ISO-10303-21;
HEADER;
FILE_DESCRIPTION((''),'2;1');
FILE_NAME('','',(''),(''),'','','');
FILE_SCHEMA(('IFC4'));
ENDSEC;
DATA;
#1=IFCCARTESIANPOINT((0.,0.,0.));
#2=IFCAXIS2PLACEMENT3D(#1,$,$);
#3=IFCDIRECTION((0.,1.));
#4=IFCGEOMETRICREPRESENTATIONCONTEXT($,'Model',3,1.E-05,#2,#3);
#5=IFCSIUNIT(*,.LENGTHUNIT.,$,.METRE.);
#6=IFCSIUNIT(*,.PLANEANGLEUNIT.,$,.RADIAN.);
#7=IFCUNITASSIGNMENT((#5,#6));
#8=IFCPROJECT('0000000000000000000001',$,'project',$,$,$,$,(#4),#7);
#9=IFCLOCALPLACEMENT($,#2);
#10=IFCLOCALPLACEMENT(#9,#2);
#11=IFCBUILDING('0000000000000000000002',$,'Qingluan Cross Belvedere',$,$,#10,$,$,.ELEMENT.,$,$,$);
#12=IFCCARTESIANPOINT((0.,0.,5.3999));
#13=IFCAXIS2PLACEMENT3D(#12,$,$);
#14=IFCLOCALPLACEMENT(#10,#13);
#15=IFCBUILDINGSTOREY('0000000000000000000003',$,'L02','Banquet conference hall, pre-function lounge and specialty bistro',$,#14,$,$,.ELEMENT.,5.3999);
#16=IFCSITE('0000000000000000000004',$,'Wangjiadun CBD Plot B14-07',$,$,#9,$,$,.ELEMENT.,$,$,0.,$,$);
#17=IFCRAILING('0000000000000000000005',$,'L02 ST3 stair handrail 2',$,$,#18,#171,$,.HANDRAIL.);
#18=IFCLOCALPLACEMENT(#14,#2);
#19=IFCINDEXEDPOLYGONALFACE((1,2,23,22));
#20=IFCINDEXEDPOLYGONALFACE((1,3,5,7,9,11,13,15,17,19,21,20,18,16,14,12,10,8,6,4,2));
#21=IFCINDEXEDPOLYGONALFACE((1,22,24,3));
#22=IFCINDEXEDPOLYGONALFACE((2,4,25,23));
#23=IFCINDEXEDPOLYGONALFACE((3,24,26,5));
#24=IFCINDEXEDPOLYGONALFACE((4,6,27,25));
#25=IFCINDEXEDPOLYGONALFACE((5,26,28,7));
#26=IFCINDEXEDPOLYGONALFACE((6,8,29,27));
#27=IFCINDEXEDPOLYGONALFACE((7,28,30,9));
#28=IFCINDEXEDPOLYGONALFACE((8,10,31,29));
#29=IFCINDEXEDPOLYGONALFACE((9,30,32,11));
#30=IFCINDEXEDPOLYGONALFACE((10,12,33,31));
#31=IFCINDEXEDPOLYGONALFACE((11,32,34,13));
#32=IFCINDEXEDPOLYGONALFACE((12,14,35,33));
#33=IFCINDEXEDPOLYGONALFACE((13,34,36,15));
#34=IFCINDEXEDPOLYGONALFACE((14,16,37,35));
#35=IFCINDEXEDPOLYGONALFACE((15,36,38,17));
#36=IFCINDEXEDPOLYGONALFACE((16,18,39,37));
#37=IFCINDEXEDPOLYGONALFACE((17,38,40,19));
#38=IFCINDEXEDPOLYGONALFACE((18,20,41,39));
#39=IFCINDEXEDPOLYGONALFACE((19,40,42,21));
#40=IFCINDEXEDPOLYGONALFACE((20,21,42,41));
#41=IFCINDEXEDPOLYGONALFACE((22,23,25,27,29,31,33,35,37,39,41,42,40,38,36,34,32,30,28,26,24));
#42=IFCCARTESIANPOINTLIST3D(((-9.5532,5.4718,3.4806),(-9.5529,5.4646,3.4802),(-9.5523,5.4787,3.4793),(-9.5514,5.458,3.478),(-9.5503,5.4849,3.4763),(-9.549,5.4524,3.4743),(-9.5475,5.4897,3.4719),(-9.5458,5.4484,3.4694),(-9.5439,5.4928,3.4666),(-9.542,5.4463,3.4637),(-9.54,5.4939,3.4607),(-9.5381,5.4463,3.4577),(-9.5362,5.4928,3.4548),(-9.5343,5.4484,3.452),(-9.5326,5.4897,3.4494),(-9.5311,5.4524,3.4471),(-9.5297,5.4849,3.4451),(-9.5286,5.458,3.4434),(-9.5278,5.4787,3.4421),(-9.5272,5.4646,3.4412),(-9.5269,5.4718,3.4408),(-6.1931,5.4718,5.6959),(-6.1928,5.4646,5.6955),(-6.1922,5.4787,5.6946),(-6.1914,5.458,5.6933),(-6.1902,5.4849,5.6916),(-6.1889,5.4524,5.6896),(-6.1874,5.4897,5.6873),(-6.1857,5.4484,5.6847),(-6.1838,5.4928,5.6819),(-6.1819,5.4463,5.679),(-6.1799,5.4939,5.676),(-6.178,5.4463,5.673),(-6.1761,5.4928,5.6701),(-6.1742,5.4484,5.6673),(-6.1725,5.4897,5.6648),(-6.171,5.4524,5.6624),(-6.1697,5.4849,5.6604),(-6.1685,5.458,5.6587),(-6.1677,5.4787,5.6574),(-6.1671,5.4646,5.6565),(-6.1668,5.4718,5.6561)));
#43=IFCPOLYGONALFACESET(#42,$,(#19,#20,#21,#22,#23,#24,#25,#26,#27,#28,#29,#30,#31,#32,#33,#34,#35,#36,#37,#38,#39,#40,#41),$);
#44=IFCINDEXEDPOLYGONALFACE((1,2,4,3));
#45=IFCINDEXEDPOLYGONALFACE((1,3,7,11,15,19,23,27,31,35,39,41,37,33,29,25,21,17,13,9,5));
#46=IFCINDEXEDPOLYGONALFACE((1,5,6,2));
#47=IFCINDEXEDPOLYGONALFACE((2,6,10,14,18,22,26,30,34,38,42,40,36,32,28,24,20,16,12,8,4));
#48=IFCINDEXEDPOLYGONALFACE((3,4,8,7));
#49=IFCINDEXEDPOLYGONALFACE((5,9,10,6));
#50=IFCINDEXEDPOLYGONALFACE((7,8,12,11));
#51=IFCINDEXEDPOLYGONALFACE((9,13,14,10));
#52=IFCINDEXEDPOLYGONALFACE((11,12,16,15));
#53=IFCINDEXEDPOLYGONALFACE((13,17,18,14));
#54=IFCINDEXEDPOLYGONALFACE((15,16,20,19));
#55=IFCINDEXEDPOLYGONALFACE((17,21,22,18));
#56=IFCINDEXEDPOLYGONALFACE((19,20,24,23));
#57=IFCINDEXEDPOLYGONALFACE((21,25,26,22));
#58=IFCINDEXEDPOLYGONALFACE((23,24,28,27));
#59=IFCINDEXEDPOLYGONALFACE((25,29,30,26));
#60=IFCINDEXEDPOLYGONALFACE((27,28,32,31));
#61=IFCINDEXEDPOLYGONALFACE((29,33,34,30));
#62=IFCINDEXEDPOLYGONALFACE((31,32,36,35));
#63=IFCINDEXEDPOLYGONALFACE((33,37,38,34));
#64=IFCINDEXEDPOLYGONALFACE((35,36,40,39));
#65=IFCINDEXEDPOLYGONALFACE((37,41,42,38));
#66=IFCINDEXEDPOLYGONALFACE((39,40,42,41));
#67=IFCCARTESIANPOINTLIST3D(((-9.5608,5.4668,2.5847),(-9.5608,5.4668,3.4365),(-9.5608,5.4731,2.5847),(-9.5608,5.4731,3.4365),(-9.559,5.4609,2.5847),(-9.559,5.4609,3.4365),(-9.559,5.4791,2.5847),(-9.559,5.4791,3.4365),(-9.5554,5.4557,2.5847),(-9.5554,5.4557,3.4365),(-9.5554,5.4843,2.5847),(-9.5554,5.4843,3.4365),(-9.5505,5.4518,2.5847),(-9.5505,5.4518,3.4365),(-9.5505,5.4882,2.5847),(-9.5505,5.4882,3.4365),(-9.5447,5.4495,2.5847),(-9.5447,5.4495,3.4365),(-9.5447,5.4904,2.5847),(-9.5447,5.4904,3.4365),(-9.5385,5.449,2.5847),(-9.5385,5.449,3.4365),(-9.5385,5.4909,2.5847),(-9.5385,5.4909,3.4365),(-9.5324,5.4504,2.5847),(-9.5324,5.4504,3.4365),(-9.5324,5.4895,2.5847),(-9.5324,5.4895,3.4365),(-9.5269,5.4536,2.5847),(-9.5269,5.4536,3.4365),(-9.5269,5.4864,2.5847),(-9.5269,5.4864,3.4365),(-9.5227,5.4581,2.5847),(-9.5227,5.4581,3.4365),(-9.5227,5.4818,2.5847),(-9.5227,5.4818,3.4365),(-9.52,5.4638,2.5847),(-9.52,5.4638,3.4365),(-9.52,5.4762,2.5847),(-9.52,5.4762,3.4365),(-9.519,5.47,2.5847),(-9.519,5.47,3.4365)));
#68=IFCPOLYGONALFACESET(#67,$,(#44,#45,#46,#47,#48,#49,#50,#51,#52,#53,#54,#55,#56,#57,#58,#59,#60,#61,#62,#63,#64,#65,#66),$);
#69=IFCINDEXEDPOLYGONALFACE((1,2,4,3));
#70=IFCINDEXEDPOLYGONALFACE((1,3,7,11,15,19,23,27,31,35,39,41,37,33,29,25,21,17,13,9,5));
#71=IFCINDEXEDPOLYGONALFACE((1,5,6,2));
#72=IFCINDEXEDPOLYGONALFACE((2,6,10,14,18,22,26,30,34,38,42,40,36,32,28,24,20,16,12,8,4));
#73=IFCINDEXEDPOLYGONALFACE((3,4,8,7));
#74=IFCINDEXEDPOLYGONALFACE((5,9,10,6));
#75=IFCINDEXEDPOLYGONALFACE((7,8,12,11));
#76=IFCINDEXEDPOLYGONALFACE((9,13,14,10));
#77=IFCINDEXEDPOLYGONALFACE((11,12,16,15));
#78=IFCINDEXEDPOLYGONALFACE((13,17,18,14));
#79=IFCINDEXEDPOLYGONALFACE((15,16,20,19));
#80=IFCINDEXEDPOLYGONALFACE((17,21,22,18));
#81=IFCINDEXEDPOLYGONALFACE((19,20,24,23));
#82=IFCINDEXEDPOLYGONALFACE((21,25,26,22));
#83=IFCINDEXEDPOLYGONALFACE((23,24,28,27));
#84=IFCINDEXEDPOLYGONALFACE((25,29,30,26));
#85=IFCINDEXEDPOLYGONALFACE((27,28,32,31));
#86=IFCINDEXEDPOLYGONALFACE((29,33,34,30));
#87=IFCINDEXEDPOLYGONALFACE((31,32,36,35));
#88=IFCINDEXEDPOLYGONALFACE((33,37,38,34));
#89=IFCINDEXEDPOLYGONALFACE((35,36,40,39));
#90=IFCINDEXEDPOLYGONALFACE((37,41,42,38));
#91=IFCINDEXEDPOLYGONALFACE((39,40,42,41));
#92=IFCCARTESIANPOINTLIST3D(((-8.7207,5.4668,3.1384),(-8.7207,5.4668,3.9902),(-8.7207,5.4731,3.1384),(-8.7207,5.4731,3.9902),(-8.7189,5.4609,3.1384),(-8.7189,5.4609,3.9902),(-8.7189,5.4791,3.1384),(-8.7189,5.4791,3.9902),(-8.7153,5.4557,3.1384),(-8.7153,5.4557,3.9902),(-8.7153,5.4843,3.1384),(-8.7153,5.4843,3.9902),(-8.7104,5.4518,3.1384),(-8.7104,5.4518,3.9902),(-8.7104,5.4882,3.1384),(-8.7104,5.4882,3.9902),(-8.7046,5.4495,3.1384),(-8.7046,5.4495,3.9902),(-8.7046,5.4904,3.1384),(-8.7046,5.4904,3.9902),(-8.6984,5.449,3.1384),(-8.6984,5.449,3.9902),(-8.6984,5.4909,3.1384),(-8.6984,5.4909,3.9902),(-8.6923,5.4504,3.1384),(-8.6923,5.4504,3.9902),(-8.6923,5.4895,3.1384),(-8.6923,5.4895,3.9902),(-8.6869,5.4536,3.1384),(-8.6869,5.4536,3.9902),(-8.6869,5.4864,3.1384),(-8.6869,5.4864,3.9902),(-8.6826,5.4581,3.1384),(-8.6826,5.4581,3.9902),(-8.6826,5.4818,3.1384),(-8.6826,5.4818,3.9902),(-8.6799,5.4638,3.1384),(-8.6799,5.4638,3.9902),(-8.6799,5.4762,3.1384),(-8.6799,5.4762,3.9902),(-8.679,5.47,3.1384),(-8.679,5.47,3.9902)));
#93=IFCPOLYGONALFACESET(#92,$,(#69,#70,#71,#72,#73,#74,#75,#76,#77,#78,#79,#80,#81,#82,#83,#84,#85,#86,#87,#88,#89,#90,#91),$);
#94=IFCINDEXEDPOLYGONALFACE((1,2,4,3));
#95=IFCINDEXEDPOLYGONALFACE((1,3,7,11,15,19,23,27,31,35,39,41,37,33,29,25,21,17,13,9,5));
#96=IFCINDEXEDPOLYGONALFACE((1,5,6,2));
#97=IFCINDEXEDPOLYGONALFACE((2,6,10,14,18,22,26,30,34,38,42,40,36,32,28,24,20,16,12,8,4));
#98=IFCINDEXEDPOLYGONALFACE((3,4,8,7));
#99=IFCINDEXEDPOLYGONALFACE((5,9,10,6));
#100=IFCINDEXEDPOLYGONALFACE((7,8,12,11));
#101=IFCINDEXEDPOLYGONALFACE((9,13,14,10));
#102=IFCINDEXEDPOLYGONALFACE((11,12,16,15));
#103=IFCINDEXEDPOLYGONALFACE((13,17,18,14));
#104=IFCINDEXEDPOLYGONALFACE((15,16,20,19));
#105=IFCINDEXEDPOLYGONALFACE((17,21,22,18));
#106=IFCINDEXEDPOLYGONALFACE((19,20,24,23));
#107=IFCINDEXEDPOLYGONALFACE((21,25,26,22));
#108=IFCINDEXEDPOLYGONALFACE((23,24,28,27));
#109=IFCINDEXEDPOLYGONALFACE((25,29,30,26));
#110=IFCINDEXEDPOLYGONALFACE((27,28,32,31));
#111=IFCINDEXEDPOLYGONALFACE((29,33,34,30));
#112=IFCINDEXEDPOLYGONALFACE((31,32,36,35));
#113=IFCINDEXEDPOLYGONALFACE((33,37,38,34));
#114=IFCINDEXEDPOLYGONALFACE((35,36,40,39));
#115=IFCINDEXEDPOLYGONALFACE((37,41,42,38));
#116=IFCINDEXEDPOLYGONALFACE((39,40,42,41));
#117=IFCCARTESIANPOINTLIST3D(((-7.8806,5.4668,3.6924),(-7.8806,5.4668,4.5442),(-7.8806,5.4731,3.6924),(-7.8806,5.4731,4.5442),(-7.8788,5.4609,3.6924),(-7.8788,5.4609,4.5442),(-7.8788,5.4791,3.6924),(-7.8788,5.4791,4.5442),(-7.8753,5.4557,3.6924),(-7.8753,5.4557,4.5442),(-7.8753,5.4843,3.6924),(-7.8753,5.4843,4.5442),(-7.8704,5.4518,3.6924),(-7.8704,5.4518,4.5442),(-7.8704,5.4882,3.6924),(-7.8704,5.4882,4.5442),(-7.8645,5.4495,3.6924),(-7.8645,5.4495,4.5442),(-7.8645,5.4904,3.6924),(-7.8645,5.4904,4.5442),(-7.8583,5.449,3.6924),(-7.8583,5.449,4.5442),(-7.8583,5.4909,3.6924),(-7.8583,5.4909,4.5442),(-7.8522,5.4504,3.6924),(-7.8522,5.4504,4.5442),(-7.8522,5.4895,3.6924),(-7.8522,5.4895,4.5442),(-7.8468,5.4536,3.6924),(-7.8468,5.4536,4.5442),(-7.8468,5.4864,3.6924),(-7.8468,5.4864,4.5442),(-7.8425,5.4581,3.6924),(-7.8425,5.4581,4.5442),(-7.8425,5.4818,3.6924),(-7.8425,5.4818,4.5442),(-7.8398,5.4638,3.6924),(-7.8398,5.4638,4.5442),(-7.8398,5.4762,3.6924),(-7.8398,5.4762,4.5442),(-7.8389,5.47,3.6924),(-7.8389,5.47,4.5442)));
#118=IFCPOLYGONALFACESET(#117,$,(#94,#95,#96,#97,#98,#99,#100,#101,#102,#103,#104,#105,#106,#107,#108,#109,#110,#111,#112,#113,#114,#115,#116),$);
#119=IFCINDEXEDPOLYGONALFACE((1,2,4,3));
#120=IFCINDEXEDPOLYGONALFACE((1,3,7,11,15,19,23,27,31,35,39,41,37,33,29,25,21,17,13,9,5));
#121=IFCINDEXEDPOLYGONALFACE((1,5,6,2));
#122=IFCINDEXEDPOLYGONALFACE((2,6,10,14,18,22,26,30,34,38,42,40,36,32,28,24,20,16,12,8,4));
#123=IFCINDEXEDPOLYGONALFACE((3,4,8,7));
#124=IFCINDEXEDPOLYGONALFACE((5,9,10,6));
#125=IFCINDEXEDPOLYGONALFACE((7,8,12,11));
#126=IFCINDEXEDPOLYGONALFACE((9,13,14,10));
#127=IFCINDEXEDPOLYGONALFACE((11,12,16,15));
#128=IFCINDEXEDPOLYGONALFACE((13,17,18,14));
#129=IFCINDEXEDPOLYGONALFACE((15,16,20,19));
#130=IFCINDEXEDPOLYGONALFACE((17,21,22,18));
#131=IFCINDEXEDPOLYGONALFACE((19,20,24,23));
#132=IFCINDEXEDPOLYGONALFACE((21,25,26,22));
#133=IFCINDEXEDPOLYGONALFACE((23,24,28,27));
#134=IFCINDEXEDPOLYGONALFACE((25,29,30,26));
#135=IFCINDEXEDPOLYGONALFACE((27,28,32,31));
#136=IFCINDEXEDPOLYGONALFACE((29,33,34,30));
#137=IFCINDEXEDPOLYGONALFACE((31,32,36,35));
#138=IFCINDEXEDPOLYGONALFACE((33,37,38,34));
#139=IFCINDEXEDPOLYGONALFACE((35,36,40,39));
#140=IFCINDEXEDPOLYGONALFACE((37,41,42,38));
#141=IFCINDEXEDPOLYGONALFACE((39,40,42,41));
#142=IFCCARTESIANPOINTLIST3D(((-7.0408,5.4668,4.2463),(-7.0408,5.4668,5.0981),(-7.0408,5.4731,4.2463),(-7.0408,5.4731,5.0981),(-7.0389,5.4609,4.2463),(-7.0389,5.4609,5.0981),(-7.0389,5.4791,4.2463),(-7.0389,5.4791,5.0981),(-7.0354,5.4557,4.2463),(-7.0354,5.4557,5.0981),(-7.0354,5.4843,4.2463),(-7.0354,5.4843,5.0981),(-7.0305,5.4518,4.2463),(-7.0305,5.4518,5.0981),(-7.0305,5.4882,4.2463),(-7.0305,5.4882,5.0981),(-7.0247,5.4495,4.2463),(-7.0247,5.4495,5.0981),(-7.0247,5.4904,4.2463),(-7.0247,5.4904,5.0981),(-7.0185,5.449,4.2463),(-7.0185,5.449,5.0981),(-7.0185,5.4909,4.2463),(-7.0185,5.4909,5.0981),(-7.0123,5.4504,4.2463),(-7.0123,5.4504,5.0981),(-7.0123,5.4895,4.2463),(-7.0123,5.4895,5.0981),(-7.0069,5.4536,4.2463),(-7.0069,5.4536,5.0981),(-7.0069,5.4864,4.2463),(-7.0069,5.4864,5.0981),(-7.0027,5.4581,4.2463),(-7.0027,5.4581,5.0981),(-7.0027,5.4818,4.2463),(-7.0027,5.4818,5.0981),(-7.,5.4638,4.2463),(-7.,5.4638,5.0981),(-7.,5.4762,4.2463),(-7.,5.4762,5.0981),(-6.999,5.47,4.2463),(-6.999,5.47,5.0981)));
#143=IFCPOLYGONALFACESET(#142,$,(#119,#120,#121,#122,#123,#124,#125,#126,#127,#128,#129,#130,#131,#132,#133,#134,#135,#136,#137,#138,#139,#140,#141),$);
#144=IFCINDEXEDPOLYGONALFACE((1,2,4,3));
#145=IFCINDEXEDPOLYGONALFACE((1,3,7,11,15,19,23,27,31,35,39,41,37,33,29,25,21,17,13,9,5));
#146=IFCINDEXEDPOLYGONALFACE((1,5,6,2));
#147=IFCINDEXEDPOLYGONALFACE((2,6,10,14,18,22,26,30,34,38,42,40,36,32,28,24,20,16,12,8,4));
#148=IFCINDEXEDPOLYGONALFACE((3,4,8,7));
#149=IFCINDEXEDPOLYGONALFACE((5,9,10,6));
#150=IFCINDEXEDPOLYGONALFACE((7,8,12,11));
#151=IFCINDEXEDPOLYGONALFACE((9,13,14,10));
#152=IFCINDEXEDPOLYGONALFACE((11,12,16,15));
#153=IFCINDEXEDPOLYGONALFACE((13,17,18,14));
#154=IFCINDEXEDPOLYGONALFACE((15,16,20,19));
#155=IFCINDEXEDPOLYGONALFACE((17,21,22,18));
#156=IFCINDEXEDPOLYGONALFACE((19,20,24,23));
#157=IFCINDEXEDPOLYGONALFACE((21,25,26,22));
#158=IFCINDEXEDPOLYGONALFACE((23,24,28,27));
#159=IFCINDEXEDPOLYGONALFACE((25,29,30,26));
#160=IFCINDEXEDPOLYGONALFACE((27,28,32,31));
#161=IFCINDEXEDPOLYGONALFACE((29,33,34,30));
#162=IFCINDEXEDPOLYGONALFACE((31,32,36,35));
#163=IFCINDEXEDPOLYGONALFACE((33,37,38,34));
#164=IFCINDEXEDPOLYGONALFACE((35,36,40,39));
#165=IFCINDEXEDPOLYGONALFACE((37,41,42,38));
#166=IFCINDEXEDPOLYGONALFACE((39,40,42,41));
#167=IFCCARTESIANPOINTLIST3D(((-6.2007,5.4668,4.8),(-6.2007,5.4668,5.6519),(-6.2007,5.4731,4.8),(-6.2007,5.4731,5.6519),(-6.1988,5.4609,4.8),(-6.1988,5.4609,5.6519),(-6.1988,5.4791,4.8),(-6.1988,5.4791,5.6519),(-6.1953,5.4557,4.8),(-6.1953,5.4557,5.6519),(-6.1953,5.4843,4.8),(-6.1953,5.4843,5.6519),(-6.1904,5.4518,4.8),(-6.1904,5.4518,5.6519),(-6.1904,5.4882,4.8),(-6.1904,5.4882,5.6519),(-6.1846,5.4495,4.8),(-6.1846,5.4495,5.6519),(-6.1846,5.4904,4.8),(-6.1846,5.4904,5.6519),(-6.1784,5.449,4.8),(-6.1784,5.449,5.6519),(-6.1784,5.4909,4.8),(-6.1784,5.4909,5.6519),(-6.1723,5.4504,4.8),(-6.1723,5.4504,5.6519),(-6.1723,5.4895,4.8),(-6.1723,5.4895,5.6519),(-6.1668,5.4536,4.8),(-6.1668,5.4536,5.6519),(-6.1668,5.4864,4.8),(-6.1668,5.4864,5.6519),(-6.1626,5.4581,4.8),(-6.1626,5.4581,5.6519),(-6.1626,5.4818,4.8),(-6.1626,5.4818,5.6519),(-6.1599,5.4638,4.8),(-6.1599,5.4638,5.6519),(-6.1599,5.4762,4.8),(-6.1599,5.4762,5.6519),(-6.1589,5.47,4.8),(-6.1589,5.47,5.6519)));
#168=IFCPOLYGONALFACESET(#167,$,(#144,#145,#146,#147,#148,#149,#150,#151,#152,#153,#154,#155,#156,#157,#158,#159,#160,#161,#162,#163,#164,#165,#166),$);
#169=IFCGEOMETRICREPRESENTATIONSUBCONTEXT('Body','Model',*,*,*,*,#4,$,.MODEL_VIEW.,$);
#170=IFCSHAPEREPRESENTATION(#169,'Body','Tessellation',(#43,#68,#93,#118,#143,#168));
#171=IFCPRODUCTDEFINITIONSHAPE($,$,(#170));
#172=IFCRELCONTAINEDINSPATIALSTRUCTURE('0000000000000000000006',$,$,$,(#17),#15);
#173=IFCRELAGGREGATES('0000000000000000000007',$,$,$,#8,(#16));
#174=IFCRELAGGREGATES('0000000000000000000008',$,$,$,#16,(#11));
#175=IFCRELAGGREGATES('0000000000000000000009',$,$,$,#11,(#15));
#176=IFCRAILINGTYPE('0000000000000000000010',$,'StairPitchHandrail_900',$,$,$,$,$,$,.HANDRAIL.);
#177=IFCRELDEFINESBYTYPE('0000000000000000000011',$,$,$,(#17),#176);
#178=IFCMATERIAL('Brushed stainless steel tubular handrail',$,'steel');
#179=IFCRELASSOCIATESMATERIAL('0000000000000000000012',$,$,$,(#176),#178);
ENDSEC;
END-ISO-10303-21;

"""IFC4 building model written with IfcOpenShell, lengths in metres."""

from ifc_helpers import new_model, si_unit, direction, frame, origin, origin_2d, place, context, subcontext, project, spatial, circle, extrude, material, type_object, element, save


model = new_model("IFC4")

# Units and contexts
model_context = context("Model", 3, precision=1e-05, world=origin(), true_north=direction((0.0, 1.0)))
body_context = subcontext(model_context, "Body", "Model", "MODEL_VIEW")
ifc_project = project(units=[si_unit("LENGTHUNIT", "METRE"), si_unit("PLANEANGLEUNIT", "RADIAN")], contexts=[model_context])

# Site, building, storey
site_placement = place(None, origin())
site = spatial("IfcSite", under=ifc_project, at=site_placement, Name="Wangjiadun CBD Plot B14-07", CompositionType="ELEMENT", RefElevation=0.0)
building_placement = place(site_placement, origin())
building = spatial("IfcBuilding", under=site, at=building_placement, Name="Qingluan Cross Belvedere", CompositionType="ELEMENT")
storey_placement = place(building_placement, frame((0.0, 0.0, 5.3999)))
storey = spatial("IfcBuildingStorey", under=building, at=storey_placement, Name="L02", Description="Banquet conference hall, pre-function lounge and specialty bistro", CompositionType="ELEMENT", Elevation=5.3999)

# Railing
ifc_material_1 = material(Name="Brushed stainless steel tubular handrail", Category="steel")
railing_type_1 = type_object("IfcRailingType", Name="StairPitchHandrail_900", PredefinedType="HANDRAIL", material=ifc_material_1)
railing_1_placement = place(storey_placement, frame((-9.54, 5.47, 2.5847)))
element("IfcRailing", 1, at=railing_1_placement, inside=storey, type_object=railing_type_1, Name="L02 ST3 stair handrail 2", PredefinedType="HANDRAIL", context=body_context, shape_type="SweptSolid", body=[
    extrude(circle(Radius=0.0239, at=origin_2d()), frame((0.0, 0.0, 0.876), z_axis=(0.834876, 0.0, 0.550437), x_axis=(0.0, 1.0, 0.0)), (0.0, 0.0, 1.0), 4.0247),
    extrude(circle(Radius=0.021, at=origin_2d()), origin(), (0.0, 0.0, 1.0), 0.8518),
    extrude(circle(Radius=0.021, at=origin_2d()), frame((0.8401, 0.0, 0.5537)), (0.0, 0.0, 1.0), 0.8518),
    extrude(circle(Radius=0.021, at=origin_2d()), frame((1.6802, 0.0, 1.1077)), (0.0, 0.0, 1.0), 0.8518),
    extrude(circle(Radius=0.021, at=origin_2d()), frame((2.52, 0.0, 1.6616)), (0.0, 0.0, 1.0), 0.8518),
    extrude(circle(Radius=0.021, at=origin_2d()), frame((3.3601, 0.0, 2.2153)), (0.0, 0.0, 1.0), 0.8518),
])

save(model, "model.ifc")
